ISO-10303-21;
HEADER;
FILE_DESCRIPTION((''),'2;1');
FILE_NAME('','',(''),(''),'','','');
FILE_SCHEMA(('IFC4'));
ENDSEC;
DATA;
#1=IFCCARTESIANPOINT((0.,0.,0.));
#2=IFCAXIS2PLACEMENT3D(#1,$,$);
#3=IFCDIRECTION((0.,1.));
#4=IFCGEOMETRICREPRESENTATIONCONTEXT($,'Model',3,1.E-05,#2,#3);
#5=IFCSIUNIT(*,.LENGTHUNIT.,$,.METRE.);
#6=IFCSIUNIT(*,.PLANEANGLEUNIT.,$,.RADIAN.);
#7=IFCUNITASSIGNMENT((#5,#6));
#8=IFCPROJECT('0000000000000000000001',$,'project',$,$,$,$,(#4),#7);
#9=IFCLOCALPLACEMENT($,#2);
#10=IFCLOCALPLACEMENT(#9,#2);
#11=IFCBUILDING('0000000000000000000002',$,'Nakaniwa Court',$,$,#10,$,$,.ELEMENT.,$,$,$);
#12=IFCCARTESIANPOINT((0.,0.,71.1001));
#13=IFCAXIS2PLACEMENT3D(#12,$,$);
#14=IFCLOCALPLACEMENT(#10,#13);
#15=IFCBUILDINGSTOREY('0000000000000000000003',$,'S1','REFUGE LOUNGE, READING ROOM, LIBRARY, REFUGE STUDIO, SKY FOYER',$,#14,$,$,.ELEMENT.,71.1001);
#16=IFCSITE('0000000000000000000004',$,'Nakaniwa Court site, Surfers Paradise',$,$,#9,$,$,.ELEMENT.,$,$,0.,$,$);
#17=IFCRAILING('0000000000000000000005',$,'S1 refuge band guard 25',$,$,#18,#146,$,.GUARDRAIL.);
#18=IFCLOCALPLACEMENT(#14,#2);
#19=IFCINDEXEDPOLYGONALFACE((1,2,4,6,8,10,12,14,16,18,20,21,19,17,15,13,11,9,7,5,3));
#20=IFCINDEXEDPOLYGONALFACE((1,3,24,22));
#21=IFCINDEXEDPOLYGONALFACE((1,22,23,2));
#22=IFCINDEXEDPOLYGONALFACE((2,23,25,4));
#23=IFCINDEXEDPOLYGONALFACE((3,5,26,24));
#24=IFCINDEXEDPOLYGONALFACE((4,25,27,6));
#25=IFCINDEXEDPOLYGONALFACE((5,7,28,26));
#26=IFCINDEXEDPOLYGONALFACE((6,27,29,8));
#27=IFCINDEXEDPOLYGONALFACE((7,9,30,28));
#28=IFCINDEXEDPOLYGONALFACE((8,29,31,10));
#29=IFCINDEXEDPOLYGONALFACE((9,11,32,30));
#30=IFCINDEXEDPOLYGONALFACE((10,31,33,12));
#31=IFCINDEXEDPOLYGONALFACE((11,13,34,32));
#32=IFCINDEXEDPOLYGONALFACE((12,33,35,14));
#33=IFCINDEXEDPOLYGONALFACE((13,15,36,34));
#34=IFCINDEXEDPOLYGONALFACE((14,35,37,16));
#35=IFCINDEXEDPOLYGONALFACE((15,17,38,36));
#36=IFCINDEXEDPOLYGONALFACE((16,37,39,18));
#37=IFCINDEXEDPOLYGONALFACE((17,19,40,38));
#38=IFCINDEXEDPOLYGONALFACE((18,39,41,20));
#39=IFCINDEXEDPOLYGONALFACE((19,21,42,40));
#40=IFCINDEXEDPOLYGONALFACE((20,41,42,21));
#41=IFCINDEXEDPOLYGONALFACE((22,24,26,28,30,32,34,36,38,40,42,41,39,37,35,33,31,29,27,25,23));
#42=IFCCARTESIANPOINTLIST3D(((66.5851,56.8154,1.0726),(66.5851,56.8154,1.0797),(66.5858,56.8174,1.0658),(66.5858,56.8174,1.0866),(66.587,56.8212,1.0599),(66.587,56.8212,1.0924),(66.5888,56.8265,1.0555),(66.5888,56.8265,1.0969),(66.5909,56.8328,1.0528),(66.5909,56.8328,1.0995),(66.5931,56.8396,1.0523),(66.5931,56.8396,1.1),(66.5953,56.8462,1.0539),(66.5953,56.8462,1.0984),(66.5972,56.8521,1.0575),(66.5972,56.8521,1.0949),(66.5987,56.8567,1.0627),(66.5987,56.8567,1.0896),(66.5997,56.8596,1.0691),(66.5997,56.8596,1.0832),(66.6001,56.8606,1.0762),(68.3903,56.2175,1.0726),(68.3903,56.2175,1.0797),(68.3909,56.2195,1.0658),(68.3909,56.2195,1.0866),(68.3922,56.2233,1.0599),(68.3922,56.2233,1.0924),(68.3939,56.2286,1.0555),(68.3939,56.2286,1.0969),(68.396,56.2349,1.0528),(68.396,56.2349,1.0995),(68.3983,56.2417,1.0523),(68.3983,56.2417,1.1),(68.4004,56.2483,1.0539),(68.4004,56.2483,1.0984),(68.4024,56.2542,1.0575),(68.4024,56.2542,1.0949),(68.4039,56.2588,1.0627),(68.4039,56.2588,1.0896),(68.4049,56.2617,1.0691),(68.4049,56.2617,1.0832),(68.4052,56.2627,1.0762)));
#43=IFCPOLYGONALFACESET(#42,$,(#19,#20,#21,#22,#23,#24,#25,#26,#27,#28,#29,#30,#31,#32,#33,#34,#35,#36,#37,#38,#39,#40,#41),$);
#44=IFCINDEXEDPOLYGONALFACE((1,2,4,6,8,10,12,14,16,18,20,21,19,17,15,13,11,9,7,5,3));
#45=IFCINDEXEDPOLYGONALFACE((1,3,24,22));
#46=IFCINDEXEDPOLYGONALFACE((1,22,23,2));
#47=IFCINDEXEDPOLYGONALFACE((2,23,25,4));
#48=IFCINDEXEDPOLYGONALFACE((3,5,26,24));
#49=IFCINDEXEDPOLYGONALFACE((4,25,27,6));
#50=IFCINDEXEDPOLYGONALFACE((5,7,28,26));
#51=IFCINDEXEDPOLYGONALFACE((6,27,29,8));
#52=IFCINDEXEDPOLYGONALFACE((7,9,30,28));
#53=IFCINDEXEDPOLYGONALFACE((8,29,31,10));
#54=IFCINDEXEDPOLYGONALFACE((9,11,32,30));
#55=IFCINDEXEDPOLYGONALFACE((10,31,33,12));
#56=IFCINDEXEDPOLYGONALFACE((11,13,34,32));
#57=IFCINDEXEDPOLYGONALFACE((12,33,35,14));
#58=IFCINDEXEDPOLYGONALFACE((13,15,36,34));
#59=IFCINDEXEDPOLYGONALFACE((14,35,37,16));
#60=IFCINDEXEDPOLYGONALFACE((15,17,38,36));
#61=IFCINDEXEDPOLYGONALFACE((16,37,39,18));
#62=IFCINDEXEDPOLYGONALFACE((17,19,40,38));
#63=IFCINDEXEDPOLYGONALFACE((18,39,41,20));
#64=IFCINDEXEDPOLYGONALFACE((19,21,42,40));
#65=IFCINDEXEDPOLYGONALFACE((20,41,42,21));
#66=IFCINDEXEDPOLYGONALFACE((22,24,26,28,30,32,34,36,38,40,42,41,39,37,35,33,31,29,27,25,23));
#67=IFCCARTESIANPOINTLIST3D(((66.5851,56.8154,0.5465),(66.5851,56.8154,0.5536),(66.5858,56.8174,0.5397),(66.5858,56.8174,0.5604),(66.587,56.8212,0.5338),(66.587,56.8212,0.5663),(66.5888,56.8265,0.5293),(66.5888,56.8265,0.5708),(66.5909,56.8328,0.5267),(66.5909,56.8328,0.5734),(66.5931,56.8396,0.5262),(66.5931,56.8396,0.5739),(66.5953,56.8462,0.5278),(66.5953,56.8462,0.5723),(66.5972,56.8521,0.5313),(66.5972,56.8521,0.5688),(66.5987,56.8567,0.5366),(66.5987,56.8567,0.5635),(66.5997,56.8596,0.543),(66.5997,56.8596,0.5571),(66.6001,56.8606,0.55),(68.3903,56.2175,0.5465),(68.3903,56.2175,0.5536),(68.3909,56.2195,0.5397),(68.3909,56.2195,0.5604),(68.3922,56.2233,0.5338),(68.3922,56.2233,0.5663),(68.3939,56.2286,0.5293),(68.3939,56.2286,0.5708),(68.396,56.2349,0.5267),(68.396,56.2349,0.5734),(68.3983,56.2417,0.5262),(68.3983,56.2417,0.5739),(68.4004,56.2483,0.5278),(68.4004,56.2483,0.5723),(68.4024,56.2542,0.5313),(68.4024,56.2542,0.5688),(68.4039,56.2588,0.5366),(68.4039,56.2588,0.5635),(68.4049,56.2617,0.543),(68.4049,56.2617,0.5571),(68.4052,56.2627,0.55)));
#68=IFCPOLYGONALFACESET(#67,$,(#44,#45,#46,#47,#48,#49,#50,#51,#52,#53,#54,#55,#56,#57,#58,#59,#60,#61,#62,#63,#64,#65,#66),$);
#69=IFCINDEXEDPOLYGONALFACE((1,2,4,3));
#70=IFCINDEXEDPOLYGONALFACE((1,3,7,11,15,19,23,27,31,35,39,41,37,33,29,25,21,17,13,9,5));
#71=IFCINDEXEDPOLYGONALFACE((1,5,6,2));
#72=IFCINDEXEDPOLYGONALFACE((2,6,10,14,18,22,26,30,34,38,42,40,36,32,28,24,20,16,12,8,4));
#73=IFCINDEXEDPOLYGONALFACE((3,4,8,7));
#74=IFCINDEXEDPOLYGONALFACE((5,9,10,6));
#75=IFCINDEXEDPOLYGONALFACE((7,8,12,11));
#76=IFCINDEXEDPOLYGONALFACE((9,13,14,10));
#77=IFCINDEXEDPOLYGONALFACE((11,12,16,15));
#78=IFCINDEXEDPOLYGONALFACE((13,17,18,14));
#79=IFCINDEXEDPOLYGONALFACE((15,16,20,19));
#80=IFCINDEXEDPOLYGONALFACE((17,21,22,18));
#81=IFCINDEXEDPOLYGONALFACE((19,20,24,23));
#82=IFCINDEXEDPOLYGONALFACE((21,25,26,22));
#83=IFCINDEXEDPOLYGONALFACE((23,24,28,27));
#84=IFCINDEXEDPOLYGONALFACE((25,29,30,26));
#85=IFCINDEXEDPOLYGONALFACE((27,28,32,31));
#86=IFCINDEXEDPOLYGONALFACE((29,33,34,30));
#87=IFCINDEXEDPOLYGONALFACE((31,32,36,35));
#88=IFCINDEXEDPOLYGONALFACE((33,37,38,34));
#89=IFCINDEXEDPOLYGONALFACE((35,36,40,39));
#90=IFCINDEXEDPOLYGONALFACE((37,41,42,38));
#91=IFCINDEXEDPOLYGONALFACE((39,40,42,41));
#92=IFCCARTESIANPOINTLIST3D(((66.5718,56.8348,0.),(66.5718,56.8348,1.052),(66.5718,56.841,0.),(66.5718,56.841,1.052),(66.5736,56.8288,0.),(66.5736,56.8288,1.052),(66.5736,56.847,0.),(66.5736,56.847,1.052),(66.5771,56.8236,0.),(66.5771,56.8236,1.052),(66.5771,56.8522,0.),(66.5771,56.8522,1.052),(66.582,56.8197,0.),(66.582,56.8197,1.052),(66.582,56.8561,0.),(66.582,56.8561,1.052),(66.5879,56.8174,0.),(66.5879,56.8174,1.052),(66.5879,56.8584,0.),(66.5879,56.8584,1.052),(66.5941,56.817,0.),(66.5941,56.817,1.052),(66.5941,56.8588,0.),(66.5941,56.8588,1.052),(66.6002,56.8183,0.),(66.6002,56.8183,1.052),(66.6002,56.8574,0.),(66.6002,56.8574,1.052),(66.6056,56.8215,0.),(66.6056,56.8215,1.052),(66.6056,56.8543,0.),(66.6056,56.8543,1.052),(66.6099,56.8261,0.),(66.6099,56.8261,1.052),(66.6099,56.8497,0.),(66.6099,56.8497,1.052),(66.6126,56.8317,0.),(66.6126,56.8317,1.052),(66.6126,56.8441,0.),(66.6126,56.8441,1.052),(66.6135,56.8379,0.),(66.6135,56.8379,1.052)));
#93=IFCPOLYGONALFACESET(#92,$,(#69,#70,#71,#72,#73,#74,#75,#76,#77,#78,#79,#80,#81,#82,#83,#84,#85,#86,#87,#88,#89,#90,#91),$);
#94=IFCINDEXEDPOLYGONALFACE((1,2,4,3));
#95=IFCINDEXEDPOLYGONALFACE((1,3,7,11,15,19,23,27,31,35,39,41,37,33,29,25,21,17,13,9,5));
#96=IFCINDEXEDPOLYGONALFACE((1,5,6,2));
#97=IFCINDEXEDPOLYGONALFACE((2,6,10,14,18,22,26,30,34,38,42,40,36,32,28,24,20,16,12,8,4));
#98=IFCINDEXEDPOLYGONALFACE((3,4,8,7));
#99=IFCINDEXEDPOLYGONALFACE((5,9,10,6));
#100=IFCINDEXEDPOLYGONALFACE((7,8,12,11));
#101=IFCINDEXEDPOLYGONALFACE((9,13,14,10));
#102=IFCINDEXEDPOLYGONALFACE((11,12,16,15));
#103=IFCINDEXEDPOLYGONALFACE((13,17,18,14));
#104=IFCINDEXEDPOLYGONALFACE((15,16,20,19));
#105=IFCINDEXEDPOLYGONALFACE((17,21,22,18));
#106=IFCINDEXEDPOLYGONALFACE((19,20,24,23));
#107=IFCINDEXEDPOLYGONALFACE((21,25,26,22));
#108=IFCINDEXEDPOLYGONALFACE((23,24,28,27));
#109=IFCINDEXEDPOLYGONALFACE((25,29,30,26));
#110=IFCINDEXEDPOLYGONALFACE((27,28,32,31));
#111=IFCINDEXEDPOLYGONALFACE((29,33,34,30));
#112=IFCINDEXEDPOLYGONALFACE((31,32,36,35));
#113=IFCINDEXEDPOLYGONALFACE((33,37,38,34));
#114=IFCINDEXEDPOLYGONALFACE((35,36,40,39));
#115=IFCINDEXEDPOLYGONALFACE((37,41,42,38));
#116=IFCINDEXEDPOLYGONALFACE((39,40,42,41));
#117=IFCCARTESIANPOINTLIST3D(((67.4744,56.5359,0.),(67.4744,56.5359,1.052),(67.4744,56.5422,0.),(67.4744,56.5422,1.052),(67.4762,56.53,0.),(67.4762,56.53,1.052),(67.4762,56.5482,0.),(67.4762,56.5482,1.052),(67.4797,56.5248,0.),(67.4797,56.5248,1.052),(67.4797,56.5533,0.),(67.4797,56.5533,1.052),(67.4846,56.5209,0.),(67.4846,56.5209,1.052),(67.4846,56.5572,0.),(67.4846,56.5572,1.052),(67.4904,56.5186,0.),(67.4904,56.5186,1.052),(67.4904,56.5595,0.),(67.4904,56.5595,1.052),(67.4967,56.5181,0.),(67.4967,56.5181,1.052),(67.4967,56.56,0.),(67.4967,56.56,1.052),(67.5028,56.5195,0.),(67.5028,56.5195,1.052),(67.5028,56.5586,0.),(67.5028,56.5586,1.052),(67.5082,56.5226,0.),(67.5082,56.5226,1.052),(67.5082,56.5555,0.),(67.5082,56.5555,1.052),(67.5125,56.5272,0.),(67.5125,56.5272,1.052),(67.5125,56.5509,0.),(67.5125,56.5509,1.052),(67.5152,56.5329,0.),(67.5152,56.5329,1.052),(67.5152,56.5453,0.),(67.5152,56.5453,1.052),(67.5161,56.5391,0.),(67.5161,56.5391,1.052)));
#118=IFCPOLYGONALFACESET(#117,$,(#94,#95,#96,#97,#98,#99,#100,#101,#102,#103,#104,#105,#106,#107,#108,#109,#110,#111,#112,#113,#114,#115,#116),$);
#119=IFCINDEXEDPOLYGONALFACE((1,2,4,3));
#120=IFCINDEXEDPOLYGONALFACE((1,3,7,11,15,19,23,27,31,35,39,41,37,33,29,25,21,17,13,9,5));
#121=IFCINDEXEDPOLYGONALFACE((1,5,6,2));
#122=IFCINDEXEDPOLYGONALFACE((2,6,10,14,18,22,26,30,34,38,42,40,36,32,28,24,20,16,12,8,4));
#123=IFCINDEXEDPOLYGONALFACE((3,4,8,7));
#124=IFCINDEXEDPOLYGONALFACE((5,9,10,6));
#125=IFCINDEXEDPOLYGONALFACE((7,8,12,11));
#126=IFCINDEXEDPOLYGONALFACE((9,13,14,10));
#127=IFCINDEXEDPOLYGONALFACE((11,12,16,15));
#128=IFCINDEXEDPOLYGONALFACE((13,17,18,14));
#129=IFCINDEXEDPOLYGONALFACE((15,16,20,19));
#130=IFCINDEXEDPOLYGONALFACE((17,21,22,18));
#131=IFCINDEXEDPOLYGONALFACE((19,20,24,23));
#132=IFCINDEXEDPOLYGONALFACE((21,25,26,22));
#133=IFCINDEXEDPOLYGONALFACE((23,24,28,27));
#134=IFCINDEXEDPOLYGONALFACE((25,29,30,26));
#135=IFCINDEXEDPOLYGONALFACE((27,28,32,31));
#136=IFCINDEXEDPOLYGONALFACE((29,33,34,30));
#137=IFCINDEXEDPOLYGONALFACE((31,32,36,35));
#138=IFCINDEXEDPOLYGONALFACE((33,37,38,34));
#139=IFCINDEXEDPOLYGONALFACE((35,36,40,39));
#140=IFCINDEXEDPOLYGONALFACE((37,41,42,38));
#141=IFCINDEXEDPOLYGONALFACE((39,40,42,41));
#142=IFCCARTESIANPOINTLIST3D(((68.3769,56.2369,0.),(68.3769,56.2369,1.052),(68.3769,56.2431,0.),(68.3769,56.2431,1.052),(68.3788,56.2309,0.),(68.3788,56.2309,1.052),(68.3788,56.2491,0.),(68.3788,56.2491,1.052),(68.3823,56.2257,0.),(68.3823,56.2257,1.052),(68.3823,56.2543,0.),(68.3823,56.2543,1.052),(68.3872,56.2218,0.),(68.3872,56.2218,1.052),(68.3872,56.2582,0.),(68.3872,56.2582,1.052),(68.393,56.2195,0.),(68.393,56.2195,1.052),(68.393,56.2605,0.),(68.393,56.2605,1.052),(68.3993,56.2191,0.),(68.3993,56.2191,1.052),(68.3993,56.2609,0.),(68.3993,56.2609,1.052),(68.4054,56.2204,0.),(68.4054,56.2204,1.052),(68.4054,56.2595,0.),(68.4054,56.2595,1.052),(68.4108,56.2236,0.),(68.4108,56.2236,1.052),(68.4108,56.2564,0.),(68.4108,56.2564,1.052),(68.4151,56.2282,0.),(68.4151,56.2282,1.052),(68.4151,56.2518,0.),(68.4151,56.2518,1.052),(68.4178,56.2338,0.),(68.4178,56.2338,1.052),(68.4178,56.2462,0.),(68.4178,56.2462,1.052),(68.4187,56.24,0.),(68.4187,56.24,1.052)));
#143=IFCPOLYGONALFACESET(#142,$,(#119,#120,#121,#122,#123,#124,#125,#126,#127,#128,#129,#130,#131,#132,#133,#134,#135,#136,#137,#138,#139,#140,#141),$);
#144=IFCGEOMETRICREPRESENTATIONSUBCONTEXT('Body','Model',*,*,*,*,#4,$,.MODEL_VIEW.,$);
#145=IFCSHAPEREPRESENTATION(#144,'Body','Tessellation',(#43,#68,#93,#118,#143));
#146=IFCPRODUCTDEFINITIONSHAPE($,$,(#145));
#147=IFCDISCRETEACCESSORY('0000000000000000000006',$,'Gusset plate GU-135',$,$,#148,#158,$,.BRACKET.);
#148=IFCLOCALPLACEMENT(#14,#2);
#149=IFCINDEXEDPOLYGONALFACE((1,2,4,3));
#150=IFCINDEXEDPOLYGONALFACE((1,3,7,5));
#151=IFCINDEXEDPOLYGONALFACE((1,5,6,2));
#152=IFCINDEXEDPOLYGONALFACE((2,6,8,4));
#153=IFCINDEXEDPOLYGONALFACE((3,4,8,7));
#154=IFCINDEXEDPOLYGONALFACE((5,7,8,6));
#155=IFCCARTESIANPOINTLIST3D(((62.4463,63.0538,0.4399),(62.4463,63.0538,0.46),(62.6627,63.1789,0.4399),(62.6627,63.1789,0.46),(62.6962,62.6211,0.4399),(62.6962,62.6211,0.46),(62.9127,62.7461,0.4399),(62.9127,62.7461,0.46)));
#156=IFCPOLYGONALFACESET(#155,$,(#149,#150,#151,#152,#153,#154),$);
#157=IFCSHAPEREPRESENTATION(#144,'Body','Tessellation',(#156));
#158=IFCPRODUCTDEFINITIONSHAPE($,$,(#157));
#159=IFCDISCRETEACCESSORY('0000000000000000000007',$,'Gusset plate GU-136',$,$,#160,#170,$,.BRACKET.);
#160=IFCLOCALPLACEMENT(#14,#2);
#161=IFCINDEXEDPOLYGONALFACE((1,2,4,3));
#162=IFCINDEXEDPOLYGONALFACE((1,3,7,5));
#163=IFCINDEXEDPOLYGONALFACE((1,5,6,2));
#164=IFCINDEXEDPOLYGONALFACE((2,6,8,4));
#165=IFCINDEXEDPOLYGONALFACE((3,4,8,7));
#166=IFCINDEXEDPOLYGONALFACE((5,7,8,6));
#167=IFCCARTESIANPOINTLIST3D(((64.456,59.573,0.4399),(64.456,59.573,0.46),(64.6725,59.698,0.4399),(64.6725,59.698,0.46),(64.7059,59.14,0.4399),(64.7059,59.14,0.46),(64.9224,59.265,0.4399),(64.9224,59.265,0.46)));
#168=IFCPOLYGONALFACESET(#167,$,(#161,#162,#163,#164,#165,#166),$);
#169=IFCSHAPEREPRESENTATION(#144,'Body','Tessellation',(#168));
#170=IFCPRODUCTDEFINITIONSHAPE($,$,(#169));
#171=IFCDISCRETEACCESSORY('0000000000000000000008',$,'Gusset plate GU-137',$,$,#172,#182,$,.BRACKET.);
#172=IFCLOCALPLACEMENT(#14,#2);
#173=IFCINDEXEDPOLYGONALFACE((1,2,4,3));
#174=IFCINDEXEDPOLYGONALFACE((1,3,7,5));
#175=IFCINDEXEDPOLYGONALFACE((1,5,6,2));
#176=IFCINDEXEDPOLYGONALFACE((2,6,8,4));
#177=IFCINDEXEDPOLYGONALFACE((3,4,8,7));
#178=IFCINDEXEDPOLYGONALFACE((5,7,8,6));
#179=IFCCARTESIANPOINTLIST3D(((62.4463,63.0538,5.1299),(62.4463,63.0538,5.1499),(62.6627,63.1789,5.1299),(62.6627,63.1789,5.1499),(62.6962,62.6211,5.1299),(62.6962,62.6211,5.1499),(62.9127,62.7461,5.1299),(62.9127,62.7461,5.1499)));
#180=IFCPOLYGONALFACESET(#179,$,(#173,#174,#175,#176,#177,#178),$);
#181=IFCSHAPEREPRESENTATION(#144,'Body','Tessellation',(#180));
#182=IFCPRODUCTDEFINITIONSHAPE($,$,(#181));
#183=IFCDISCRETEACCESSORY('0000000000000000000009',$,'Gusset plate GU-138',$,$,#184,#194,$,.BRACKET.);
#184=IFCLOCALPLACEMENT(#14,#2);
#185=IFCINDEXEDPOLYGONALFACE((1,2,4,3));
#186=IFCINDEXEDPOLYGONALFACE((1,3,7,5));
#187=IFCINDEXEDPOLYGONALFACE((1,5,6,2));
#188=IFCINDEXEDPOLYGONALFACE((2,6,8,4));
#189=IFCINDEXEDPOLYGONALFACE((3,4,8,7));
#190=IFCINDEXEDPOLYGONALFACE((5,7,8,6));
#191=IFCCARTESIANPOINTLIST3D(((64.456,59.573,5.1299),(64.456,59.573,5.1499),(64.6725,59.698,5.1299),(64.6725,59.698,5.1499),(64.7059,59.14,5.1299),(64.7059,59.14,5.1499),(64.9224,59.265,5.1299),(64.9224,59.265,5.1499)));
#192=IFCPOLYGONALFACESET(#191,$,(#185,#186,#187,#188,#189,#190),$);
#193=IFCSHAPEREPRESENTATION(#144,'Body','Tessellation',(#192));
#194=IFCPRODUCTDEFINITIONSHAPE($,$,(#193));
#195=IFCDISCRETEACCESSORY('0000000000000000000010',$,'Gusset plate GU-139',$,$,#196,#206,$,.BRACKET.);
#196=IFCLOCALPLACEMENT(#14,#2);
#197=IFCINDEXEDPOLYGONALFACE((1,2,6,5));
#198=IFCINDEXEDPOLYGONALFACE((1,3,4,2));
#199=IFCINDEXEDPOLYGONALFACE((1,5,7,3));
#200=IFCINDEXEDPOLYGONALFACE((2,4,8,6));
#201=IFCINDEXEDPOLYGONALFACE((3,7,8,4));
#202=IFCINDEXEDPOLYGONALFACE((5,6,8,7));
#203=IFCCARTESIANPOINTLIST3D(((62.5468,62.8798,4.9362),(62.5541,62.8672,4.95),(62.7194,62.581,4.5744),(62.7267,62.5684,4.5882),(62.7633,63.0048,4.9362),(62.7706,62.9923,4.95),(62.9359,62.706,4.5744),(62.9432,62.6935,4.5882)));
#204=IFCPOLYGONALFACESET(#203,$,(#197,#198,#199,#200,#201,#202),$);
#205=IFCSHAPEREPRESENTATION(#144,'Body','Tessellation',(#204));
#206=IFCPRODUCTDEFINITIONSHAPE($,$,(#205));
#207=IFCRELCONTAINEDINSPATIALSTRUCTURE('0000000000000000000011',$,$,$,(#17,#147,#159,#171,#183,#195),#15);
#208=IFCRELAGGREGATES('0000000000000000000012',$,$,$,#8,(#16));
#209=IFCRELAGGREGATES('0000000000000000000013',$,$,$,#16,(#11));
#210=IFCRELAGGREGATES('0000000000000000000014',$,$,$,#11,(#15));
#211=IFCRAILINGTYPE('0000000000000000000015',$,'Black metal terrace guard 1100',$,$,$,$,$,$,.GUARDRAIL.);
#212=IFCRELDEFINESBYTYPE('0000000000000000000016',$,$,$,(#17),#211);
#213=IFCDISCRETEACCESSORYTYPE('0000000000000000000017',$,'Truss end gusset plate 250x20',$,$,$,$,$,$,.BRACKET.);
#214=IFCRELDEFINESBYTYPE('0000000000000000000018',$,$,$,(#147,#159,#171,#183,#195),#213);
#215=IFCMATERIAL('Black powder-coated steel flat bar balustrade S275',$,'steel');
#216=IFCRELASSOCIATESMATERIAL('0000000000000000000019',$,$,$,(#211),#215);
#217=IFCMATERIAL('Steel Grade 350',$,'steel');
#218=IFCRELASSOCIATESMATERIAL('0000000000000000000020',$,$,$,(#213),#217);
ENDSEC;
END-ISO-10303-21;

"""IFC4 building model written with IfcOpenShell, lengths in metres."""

from ifc_helpers import new_model, si_unit, direction, frame, origin, origin_2d, place, context, subcontext, project, spatial, rectangle, circle, extrude, material, material_profile, profile_set, type_object, element, save


model = new_model("IFC4")

# Units and contexts
model_context = context("Model", 3, precision=1e-05, world=origin(), true_north=direction((0.0, 1.0)))
body_context = subcontext(model_context, "Body", "Model", "MODEL_VIEW")
ifc_project = project(units=[si_unit("LENGTHUNIT", "METRE"), si_unit("PLANEANGLEUNIT", "RADIAN")], contexts=[model_context])

# Site, building, storey
site_placement = place(None, origin())
site = spatial("IfcSite", under=ifc_project, at=site_placement, Name="Nakaniwa Court site, Surfers Paradise", CompositionType="ELEMENT", RefElevation=0.0)
building_placement = place(site_placement, origin())
building = spatial("IfcBuilding", under=site, at=building_placement, Name="Nakaniwa Court", CompositionType="ELEMENT")
storey_placement = place(building_placement, frame((0.0, 0.0, 71.1001)))
storey = spatial("IfcBuildingStorey", under=building, at=storey_placement, Name="S1", Description="REFUGE LOUNGE, READING ROOM, LIBRARY, REFUGE STUDIO, SKY FOYER", CompositionType="ELEMENT", Elevation=71.1001)

# Shared definitions
ifc_material_1 = material(Name="Steel Grade 350", Category="steel")

# Railing
ifc_material_2 = material(Name="Black powder-coated steel flat bar balustrade S275", Category="steel")
railing_type = type_object("IfcRailingType", Name="Black metal terrace guard 1100", PredefinedType="GUARDRAIL", material=ifc_material_2)
railing_1_placement = place(storey_placement, frame((66.5925, 56.8379, 0.0)))
element("IfcRailing", 1, at=railing_1_placement, inside=storey, type_object=railing_type, Name="S1 refuge band guard 25", PredefinedType="GUARDRAIL", context=body_context, shape_type="SweptSolid", body=[
    extrude(circle(Radius=0.0239, at=origin_2d()), frame((0.0, 0.0, 1.0762), z_axis=(0.949285, -0.314417, 0.0), x_axis=(0.314417, 0.949285, 0.0)), (0.0, 0.0, 1.0), 1.9016),
    extrude(circle(Radius=0.0239, at=origin_2d()), frame((0.0, 0.0, 0.55), z_axis=(0.949285, -0.314417, 0.0), x_axis=(0.314417, 0.949285, 0.0)), (0.0, 0.0, 1.0), 1.9016),
    extrude(circle(Radius=0.021, at=origin_2d()), origin(), (0.0, 0.0, 1.0), 1.052),
    extrude(circle(Radius=0.021, at=origin_2d()), frame((0.9026, -0.2988, 0.0)), (0.0, 0.0, 1.0), 1.052),
    extrude(circle(Radius=0.021, at=origin_2d()), frame((1.8052, -0.5979, 0.0)), (0.0, 0.0, 1.0), 1.052),
])

# Discrete accessories
ifc_material_profile_1 = material_profile(ifc_material_1, rectangle(XDim=0.25, YDim=0.02, at=origin_2d()), Name="Truss end gusset plate 250x20")
ifc_profile_set_1 = profile_set([ifc_material_profile_1], Name="Steel Grade 350")
discrete_accessory_type = type_object("IfcDiscreteAccessoryType", Name="Truss end gusset plate 250x20", PredefinedType="BRACKET", material=ifc_profile_set_1)
discrete_accessory_1_placement = place(storey_placement, frame((62.8044, 62.6836, 0.45), z_axis=(-0.500131, 0.86595, 0.0), x_axis=(-0.86595, -0.500131, 0.0)))
element("IfcDiscreteAccessory", 2, at=discrete_accessory_1_placement, inside=storey, type_object=discrete_accessory_type, Name="Gusset plate GU-135", PredefinedType="BRACKET", context=body_context, shape_type="SweptSolid", body=[
    extrude(rectangle(XDim=0.25, YDim=0.02, at=origin_2d()), origin(), (0.0, 0.0, 1.0), 0.4998),
])
discrete_accessory_2_placement = place(storey_placement, frame((64.5642, 59.6355, 0.45), z_axis=(0.49992, -0.866072, 0.0), x_axis=(0.866072, 0.49992, 0.0)))
element("IfcDiscreteAccessory", 3, at=discrete_accessory_2_placement, inside=storey, type_object=discrete_accessory_type, Name="Gusset plate GU-136", PredefinedType="BRACKET", context=body_context, shape_type="SweptSolid", body=[
    extrude(rectangle(XDim=0.25, YDim=0.02, at=origin_2d()), origin(), (0.0, 0.0, 1.0), 0.5),
])
discrete_accessory_3_placement = place(storey_placement, frame((62.8044, 62.6836, 5.1399), z_axis=(-0.500131, 0.86595, 0.0), x_axis=(-0.86595, -0.500131, 0.0)))
element("IfcDiscreteAccessory", 4, at=discrete_accessory_3_placement, inside=storey, type_object=discrete_accessory_type, Name="Gusset plate GU-137", PredefinedType="BRACKET", context=body_context, shape_type="SweptSolid", body=[
    extrude(rectangle(XDim=0.25, YDim=0.02, at=origin_2d()), origin(), (0.0, 0.0, 1.0), 0.4998),
])
for number, where, z_axis, x_axis, name in (
    (5, (64.5642, 59.6355, 5.1399), (0.49992, -0.866072, 0.0), (0.866072, 0.49992, 0.0), "Gusset plate GU-138"),
    (6, (62.8313, 62.6372, 4.5813), (-0.345213, 0.597653, 0.723629), (-0.865926, -0.500172, 0.0), "Gusset plate GU-139"),
):
    element("IfcDiscreteAccessory", number, at=place(storey_placement, frame(where, z_axis=z_axis, x_axis=x_axis)), inside=storey, type_object=discrete_accessory_type, Name=name, PredefinedType="BRACKET", context=body_context, shape_type="SweptSolid", body=[
        extrude(rectangle(XDim=0.25, YDim=0.02, at=origin_2d()), origin(), (0.0, 0.0, 1.0), 0.5),
    ])

save(model, "model.ifc")
